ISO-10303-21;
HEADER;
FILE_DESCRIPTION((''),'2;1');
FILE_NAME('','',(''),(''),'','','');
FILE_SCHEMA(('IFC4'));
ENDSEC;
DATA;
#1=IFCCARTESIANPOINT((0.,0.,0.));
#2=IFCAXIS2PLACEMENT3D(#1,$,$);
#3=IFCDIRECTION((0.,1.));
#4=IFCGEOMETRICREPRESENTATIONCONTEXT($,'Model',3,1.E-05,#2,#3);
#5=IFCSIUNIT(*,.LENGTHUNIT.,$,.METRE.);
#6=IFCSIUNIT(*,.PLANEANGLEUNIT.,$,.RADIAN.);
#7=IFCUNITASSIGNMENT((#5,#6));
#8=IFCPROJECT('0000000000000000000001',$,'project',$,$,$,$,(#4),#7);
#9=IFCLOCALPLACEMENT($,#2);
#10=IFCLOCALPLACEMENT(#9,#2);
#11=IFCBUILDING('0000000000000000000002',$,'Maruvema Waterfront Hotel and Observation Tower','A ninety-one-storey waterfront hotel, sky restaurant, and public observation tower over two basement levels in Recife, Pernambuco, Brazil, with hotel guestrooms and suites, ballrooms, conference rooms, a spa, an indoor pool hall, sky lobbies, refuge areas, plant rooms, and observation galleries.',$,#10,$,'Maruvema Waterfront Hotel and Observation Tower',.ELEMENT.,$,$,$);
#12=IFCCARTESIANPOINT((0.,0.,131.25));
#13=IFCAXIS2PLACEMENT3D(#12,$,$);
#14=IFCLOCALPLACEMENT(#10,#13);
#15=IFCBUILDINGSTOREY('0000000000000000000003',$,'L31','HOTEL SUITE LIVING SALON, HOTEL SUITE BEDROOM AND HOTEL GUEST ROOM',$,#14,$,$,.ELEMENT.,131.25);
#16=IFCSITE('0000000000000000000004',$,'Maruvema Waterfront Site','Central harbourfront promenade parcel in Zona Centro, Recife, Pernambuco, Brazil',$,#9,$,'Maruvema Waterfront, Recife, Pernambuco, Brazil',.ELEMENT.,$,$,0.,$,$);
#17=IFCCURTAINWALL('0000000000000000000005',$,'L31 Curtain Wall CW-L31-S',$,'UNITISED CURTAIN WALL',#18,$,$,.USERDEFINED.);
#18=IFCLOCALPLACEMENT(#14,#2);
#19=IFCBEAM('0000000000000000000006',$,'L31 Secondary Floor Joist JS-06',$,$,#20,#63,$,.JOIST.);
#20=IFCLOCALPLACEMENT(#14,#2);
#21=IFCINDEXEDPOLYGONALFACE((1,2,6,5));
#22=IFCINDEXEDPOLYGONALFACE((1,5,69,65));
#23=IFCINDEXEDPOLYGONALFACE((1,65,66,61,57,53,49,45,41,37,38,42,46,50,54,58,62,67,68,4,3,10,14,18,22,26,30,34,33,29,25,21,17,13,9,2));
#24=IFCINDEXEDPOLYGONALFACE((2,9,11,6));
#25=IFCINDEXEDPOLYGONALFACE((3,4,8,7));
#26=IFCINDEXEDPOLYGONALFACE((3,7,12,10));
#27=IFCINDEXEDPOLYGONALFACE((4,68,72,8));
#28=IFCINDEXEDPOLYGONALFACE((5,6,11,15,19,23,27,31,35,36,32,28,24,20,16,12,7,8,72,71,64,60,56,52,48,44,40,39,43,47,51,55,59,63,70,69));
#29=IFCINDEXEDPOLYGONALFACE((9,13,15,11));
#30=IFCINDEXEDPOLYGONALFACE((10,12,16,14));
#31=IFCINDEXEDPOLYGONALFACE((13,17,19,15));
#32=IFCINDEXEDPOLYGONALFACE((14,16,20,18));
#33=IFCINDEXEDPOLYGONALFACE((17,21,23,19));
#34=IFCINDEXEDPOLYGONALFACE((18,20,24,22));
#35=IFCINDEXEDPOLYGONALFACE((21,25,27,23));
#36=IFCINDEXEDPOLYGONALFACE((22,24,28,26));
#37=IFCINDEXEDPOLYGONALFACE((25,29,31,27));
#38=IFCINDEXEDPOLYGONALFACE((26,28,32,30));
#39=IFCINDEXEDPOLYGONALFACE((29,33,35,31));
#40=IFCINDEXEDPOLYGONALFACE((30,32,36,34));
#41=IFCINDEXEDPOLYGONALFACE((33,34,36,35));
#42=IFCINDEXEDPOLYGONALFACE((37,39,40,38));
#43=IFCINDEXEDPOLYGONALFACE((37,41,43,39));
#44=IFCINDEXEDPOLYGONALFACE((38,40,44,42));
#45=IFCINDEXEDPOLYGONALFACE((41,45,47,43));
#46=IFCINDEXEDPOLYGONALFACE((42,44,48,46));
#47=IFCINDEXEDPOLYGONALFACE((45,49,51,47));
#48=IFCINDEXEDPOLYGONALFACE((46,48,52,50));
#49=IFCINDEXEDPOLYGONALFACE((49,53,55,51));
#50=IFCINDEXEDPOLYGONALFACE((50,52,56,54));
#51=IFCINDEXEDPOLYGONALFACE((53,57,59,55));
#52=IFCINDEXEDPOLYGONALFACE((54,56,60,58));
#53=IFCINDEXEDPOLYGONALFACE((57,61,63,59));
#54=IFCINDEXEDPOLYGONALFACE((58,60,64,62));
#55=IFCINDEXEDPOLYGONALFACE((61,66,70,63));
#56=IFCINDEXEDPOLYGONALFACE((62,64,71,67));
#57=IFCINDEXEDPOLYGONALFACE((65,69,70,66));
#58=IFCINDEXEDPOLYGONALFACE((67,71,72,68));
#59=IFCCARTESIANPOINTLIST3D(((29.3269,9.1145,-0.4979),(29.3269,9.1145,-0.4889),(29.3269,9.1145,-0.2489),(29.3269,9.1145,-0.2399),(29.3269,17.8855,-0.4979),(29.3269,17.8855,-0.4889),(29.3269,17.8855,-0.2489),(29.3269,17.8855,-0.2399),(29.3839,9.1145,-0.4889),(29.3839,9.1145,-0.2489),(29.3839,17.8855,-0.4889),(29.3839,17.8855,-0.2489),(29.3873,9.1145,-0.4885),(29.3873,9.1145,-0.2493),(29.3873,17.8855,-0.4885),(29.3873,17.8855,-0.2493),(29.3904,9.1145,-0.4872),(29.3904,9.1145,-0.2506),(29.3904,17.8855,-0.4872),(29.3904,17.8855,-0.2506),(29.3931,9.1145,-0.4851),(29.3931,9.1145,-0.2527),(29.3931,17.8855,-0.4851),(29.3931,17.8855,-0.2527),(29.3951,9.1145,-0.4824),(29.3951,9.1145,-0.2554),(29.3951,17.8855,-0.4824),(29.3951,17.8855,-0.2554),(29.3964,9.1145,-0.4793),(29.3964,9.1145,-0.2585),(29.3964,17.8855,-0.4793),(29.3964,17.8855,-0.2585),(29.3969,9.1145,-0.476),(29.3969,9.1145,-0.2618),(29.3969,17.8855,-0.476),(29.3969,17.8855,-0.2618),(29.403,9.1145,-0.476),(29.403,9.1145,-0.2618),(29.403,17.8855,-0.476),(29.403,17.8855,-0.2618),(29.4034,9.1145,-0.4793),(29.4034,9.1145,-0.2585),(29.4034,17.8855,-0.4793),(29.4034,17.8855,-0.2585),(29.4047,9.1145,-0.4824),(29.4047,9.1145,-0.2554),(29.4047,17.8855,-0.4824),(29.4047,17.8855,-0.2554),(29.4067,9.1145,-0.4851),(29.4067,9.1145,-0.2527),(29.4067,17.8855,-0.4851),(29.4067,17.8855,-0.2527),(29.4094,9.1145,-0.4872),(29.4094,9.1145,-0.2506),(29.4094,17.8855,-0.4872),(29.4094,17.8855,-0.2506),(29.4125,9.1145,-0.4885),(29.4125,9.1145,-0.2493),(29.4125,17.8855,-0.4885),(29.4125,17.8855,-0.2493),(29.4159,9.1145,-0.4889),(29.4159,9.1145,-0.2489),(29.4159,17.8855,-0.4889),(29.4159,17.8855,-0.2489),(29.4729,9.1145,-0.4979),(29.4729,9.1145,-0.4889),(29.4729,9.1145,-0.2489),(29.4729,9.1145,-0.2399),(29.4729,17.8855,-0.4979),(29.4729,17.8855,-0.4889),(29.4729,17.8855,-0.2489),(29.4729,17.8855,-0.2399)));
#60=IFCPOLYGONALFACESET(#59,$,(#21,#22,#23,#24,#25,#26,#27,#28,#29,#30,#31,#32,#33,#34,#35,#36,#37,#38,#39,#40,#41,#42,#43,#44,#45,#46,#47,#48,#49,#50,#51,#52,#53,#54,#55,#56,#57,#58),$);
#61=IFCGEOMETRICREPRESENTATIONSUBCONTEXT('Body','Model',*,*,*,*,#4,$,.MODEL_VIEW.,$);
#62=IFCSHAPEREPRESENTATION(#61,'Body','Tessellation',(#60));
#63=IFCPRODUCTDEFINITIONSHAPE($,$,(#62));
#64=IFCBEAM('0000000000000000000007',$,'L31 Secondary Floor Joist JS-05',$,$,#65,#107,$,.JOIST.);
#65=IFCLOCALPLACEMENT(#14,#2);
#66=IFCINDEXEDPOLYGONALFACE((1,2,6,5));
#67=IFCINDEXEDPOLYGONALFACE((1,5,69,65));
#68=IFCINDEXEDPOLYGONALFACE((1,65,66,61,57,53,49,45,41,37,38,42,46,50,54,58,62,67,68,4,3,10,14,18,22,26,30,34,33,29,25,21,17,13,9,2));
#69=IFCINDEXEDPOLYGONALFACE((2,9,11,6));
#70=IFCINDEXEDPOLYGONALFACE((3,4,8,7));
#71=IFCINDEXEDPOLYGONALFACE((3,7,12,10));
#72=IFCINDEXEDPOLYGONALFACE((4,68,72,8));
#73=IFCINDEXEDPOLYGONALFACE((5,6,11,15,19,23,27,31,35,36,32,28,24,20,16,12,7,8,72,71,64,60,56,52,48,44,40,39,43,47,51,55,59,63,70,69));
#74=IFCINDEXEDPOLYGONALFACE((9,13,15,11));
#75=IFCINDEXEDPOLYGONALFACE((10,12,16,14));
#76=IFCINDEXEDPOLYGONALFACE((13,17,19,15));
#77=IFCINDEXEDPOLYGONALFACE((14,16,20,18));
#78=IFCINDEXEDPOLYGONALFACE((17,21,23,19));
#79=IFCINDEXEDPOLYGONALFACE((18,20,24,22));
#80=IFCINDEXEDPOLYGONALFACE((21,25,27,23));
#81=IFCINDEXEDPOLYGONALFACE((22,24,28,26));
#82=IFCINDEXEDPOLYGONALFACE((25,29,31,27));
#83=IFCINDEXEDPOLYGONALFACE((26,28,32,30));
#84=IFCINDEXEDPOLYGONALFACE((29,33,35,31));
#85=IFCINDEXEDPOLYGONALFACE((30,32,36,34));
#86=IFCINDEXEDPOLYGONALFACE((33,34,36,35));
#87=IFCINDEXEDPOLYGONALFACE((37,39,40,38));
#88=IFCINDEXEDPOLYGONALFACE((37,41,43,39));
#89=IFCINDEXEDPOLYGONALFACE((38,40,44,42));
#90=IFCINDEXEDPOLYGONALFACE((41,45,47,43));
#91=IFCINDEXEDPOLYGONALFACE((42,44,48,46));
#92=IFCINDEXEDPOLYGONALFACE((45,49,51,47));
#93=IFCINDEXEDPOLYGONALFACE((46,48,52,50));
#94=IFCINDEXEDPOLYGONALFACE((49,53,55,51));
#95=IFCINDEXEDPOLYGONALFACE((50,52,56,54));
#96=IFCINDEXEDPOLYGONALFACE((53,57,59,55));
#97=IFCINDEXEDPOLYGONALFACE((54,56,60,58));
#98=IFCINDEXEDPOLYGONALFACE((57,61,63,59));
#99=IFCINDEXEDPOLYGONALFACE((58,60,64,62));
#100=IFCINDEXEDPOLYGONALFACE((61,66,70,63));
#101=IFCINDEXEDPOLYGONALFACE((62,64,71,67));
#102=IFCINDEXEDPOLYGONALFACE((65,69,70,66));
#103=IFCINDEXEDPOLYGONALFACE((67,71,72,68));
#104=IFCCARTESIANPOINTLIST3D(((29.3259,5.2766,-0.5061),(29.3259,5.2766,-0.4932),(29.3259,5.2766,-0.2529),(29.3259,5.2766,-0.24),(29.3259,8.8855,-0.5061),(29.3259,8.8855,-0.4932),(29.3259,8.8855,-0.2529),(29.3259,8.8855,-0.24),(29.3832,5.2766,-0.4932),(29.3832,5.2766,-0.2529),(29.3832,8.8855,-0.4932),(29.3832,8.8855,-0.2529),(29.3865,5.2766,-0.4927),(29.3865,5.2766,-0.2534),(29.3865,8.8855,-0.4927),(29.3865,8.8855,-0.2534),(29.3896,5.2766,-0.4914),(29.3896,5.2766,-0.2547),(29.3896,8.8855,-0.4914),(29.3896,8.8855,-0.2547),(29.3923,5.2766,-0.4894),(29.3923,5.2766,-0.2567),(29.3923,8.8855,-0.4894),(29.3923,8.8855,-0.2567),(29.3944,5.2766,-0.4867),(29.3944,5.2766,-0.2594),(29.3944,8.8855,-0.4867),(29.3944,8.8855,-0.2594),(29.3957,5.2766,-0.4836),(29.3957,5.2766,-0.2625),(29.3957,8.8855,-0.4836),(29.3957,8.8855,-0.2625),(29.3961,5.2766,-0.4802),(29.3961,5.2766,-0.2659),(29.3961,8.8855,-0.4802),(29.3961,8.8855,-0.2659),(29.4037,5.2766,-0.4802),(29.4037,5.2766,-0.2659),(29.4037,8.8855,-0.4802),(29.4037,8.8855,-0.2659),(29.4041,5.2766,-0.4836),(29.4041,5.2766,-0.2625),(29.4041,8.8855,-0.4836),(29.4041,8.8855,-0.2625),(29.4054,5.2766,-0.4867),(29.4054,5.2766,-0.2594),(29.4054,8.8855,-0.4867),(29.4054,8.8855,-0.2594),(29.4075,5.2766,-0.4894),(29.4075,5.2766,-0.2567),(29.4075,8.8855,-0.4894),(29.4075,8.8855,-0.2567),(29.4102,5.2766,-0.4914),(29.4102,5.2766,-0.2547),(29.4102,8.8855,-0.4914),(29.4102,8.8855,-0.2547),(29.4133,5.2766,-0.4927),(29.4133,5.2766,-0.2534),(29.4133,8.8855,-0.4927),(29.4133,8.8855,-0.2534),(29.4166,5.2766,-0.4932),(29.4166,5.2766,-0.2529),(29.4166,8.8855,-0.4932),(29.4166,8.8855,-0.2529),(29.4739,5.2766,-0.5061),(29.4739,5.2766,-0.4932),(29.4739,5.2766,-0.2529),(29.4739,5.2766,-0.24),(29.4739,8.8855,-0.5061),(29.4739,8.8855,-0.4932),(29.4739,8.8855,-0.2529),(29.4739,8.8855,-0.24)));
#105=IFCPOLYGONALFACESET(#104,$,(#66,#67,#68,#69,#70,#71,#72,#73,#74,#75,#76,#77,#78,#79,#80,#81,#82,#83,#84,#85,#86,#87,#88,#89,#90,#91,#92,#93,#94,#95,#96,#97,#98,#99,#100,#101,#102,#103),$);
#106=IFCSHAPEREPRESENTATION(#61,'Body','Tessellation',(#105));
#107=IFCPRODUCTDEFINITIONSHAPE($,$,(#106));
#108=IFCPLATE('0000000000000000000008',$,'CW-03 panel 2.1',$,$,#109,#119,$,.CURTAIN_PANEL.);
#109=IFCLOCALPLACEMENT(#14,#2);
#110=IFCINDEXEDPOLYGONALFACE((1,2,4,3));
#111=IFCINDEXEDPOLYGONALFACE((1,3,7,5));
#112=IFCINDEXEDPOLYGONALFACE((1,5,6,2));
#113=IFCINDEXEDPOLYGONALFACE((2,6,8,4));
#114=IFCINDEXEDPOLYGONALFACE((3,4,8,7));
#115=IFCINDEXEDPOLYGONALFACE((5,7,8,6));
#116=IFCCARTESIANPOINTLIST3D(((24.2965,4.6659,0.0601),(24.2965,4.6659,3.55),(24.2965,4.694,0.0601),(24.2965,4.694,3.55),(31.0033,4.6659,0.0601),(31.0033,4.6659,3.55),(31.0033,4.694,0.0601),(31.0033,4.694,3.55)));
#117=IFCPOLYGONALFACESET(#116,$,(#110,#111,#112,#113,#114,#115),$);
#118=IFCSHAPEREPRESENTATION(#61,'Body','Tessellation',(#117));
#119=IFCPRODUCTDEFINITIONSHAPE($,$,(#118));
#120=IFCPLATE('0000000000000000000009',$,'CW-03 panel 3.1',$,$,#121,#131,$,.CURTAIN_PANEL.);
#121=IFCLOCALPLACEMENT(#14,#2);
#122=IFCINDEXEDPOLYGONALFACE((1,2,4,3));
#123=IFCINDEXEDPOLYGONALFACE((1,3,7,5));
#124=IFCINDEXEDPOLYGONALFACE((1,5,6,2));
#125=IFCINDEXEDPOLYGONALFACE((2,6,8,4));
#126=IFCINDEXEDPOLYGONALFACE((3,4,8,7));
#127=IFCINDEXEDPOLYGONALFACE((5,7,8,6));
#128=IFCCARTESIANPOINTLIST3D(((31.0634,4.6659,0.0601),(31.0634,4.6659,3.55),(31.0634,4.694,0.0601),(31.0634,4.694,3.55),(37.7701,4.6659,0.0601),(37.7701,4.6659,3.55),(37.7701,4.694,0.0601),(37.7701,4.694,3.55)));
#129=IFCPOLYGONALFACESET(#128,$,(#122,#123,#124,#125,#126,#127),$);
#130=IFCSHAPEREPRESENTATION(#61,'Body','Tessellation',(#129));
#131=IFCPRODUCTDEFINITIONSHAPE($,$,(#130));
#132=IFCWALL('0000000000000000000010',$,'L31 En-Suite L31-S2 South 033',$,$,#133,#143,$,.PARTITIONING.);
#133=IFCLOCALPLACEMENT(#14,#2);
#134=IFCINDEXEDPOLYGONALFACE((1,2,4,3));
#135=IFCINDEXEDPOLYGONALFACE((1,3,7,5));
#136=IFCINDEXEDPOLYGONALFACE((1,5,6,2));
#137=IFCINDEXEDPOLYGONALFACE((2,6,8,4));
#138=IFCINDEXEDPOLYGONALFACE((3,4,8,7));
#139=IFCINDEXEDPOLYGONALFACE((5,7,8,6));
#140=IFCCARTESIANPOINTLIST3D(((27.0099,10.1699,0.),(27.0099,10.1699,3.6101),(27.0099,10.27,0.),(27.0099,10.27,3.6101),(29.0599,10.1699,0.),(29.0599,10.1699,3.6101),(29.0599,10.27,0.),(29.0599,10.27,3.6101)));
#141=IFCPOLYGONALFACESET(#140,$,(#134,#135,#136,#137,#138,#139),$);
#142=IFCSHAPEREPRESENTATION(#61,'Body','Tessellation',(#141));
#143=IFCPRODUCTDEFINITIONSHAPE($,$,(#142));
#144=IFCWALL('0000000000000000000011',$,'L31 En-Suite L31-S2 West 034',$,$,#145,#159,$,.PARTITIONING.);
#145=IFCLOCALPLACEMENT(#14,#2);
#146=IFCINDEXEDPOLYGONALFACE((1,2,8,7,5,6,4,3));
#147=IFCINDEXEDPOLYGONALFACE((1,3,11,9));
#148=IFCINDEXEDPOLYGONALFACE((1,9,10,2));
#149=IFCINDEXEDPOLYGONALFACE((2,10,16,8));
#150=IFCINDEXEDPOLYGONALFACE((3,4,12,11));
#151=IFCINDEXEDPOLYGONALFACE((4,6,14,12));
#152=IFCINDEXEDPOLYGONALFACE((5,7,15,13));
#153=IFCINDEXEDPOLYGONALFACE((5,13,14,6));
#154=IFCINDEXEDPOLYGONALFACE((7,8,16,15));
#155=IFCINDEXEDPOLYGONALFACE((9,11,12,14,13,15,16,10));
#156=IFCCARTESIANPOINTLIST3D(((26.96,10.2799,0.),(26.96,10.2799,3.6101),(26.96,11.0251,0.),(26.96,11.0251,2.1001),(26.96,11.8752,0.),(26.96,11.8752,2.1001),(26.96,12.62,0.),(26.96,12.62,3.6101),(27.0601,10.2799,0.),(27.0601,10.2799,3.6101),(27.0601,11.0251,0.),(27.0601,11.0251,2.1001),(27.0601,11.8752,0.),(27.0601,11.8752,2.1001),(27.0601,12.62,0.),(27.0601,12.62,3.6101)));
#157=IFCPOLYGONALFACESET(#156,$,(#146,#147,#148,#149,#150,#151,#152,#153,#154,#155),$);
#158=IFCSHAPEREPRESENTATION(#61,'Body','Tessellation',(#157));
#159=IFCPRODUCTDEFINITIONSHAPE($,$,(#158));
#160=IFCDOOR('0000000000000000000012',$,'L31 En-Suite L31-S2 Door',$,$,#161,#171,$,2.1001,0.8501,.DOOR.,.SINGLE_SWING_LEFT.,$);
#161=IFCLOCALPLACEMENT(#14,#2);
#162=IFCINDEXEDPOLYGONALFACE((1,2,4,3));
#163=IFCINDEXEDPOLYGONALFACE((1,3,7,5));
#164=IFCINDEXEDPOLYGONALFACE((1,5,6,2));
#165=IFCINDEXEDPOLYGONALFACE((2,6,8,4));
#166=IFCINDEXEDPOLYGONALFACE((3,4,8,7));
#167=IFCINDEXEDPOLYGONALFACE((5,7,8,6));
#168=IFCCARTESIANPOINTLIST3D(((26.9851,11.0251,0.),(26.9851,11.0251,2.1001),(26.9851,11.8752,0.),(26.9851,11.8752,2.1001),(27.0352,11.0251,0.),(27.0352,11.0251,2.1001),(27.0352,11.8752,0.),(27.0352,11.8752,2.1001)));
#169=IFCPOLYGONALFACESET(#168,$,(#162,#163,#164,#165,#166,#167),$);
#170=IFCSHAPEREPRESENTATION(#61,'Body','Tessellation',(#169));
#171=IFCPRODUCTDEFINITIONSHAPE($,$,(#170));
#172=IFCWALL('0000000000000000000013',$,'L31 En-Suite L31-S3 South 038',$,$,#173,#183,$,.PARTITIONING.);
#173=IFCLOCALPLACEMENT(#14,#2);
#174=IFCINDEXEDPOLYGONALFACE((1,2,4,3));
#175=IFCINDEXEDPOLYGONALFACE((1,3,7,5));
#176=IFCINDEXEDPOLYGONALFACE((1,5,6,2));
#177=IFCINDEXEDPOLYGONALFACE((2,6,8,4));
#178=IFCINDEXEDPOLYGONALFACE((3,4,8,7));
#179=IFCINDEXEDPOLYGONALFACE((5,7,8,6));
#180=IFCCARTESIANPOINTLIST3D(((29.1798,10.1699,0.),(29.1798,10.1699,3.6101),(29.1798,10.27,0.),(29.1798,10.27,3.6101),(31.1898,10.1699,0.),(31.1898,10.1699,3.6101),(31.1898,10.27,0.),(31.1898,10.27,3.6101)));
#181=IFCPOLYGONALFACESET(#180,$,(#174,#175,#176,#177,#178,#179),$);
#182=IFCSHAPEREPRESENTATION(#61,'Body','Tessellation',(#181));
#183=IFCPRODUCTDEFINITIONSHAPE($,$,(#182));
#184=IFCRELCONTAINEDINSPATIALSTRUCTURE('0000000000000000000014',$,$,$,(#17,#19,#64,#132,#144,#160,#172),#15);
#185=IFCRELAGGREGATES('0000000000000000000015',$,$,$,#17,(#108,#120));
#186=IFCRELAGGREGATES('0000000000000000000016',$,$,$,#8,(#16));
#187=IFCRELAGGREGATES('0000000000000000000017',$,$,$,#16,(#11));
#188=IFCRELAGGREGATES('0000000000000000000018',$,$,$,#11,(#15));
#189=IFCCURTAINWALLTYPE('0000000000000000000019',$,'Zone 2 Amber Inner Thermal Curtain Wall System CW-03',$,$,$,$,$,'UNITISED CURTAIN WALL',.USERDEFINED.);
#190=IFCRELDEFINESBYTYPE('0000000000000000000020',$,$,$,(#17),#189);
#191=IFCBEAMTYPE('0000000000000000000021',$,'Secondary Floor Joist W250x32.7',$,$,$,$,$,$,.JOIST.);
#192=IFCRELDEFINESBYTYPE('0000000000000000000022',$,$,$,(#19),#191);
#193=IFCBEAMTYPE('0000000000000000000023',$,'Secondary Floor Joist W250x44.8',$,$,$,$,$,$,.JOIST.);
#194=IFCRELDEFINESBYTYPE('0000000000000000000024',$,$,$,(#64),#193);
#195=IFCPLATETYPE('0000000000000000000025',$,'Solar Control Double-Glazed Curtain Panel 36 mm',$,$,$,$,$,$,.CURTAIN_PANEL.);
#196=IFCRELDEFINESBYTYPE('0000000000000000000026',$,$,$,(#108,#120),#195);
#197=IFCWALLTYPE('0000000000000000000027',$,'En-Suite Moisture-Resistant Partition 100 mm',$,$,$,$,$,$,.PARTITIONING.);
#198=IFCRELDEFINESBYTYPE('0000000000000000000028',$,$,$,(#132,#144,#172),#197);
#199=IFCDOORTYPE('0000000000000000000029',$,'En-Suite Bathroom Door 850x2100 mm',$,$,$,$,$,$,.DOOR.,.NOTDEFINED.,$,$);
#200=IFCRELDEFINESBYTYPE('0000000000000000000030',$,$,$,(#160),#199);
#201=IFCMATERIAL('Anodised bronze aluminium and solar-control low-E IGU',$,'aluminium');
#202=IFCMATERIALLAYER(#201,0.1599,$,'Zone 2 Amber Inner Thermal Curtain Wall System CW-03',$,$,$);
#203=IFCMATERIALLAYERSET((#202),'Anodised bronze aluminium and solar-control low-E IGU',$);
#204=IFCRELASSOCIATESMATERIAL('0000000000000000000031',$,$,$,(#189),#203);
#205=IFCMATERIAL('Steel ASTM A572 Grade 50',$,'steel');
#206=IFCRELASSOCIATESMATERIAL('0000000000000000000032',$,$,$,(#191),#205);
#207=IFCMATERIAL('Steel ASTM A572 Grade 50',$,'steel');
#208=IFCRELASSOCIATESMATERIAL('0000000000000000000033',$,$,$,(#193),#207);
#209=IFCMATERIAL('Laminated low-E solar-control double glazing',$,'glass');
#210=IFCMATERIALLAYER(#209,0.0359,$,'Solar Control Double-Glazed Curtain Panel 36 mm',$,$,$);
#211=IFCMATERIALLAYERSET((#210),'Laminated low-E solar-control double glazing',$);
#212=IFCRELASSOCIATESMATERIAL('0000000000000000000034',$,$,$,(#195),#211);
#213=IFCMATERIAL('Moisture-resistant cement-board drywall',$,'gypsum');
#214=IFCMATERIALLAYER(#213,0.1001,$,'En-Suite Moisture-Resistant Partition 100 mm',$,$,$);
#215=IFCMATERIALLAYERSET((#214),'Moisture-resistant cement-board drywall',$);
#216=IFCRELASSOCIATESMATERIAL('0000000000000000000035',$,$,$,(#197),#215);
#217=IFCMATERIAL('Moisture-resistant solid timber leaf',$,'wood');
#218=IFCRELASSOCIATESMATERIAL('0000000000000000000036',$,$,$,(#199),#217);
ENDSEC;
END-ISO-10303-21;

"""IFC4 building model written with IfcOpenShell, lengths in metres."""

from ifc_helpers import new_model, si_unit, direction, frame, frame_2d, origin, origin_2d, place, context, subcontext, project, spatial, rectangle, i_section, extrude, material, layer, layer_set, material_profile, profile_set, type_object, element, fill, aggregate, save


model = new_model("IFC4")

# Units and contexts
model_context = context("Model", 3, precision=1e-05, world=origin(), true_north=direction((0.0, 1.0)))
body_context = subcontext(model_context, "Body", "Model", "MODEL_VIEW")
ifc_project = project(units=[si_unit("LENGTHUNIT", "METRE"), si_unit("PLANEANGLEUNIT", "RADIAN")], contexts=[model_context])

# Site, building, storey
site_placement = place(None, origin())
site = spatial("IfcSite", under=ifc_project, at=site_placement, Name="Maruvema Waterfront Site", Description="Central harbourfront promenade parcel in Zona Centro, Recife, Pernambuco, Brazil", LongName="Maruvema Waterfront, Recife, Pernambuco, Brazil", CompositionType="ELEMENT", RefElevation=0.0)
building_placement = place(site_placement, origin())
building = spatial("IfcBuilding", under=site, at=building_placement, Name="Maruvema Waterfront Hotel and Observation Tower", Description="A ninety-one-storey waterfront hotel, sky restaurant, and public observation tower over two basement levels in Recife, Pernambuco, Brazil, with hotel guestrooms and suites, ballrooms, conference rooms, a spa, an indoor pool hall, sky lobbies, refuge areas, plant rooms, and observation galleries.", LongName="Maruvema Waterfront Hotel and Observation Tower", CompositionType="ELEMENT")
storey_placement = place(building_placement, frame((0.0, 0.0, 131.25)))
storey = spatial("IfcBuildingStorey", under=building, at=storey_placement, Name="L31", Description="HOTEL SUITE LIVING SALON, HOTEL SUITE BEDROOM AND HOTEL GUEST ROOM", CompositionType="ELEMENT", Elevation=131.25)

# Curtain wall
ifc_material_1 = material(Name="Anodised bronze aluminium and solar-control low-E IGU", Category="aluminium")
ifc_layer_1 = layer(ifc_material_1, 0.1599, Name="Zone 2 Amber Inner Thermal Curtain Wall System CW-03")
ifc_layer_set_1 = layer_set([ifc_layer_1], Name="Anodised bronze aluminium and solar-control low-E IGU")
curtain_wall_type = type_object("IfcCurtainWallType", Name="Zone 2 Amber Inner Thermal Curtain Wall System CW-03", ElementType="UNITISED CURTAIN WALL", PredefinedType="USERDEFINED", material=ifc_layer_set_1)
curtain_wall_placement = place(storey_placement, origin())
curtain_wall = element("IfcCurtainWall", 1, at=curtain_wall_placement, inside=storey, type_object=curtain_wall_type, Name="L31 Curtain Wall CW-L31-S", ObjectType="UNITISED CURTAIN WALL", PredefinedType="USERDEFINED")

# Beams
ifc_material_2 = material(Name="Steel ASTM A572 Grade 50", Category="steel")
ifc_material_profile_1 = material_profile(ifc_material_2, i_section(OverallWidth=0.146, OverallDepth=0.2581, WebThickness=0.0061, FlangeThickness=0.009, FilletRadius=0.0129, at=origin_2d()), Name="W250x32.7")
ifc_profile_set_1 = profile_set([ifc_material_profile_1], Name="Steel ASTM A572 Grade 50")
beam_type_1 = type_object("IfcBeamType", Name="Secondary Floor Joist W250x32.7", PredefinedType="JOIST", material=ifc_profile_set_1)
beam_1_placement = place(storey_placement, frame((29.3999, 9.1145, -0.3689), z_axis=(0.0, 1.0, 0.0), x_axis=(-1.0, 0.0, 0.0)))
element("IfcBeam", 2, at=beam_1_placement, inside=storey, type_object=beam_type_1, Name="L31 Secondary Floor Joist JS-06", PredefinedType="JOIST", context=body_context, shape_type="SweptSolid", body=[
    extrude(i_section(OverallWidth=0.146, OverallDepth=0.2581, WebThickness=0.0061, FlangeThickness=0.009, FilletRadius=0.0129, at=origin_2d()), origin(), (0.0, 0.0, 1.0), 8.771),
])
ifc_material_3 = material(Name="Steel ASTM A572 Grade 50", Category="steel")
ifc_material_profile_2 = material_profile(ifc_material_3, i_section(OverallWidth=0.1479, OverallDepth=0.2661, WebThickness=0.0076, FlangeThickness=0.0129, FilletRadius=0.0129, at=origin_2d()), Name="W250x44.8")
ifc_profile_set_2 = profile_set([ifc_material_profile_2], Name="Steel ASTM A572 Grade 50")
beam_type_2 = type_object("IfcBeamType", Name="Secondary Floor Joist W250x44.8", PredefinedType="JOIST", material=ifc_profile_set_2)
beam_2_placement = place(storey_placement, frame((29.3999, 5.2766, -0.373), z_axis=(0.0, 1.0, 0.0), x_axis=(-1.0, 0.0, 0.0)))
element("IfcBeam", 3, at=beam_2_placement, inside=storey, type_object=beam_type_2, Name="L31 Secondary Floor Joist JS-05", PredefinedType="JOIST", context=body_context, shape_type="SweptSolid", body=[
    extrude(i_section(OverallWidth=0.1479, OverallDepth=0.2661, WebThickness=0.0076, FlangeThickness=0.0129, FilletRadius=0.0129, at=origin_2d()), origin(), (0.0, 0.0, 1.0), 3.6089),
])

# Plates
ifc_material_4 = material(Name="Laminated low-E solar-control double glazing", Category="glass")
ifc_layer_2 = layer(ifc_material_4, 0.0359, Name="Solar Control Double-Glazed Curtain Panel 36 mm")
ifc_layer_set_2 = layer_set([ifc_layer_2], Name="Laminated low-E solar-control double glazing")
plate_type = type_object("IfcPlateType", Name="Solar Control Double-Glazed Curtain Panel 36 mm", PredefinedType="CURTAIN_PANEL", material=ifc_layer_set_2)
plate_1_placement = place(storey_placement, frame((27.6499, 4.6799, 0.0601), z_axis=(0.0, 0.0, 1.0), x_axis=(1.0, 0.0, 0.0)))
plate_1 = element("IfcPlate", 4, at=plate_1_placement, type_object=plate_type, Name="CW-03 panel 2.1", PredefinedType="CURTAIN_PANEL", context=body_context, shape_type="SweptSolid", body=[
    extrude(rectangle(XDim=6.7068, YDim=0.0281, at=origin_2d()), origin(), (0.0, 0.0, 1.0), 3.49),
])
plate_2_placement = place(storey_placement, frame((34.4167, 4.6799, 0.0601), z_axis=(0.0, 0.0, 1.0), x_axis=(1.0, 0.0, 0.0)))
plate_2 = element("IfcPlate", 5, at=plate_2_placement, type_object=plate_type, Name="CW-03 panel 3.1", PredefinedType="CURTAIN_PANEL", context=body_context, shape_type="SweptSolid", body=[
    extrude(rectangle(XDim=6.7068, YDim=0.0281, at=origin_2d()), origin(), (0.0, 0.0, 1.0), 3.49),
])
aggregate(curtain_wall, [plate_1, plate_2])

# Wall
ifc_material_5 = material(Name="Moisture-resistant cement-board drywall", Category="gypsum")
ifc_layer_3 = layer(ifc_material_5, 0.1001, Name="En-Suite Moisture-Resistant Partition 100 mm")
ifc_layer_set_3 = layer_set([ifc_layer_3], Name="Moisture-resistant cement-board drywall")
wall_type_1 = type_object("IfcWallType", Name="En-Suite Moisture-Resistant Partition 100 mm", PredefinedType="PARTITIONING", material=ifc_layer_set_3)
wall_1_placement = place(storey_placement, frame((27.01, 10.22, 0.0), z_axis=(0.0, 0.0, 1.0), x_axis=(1.0, 0.0, 0.0)))
element("IfcWall", 6, at=wall_1_placement, inside=storey, type_object=wall_type_1, Name="L31 En-Suite L31-S2 South 033", PredefinedType="PARTITIONING", context=body_context, shape_type="SweptSolid", body=[
    extrude(rectangle(XDim=2.05, YDim=0.1001, at=frame_2d((1.0249, 0.0))), origin(), (0.0, 0.0, 1.0), 3.6101),
])

# Wall, opening, door
wall_2_placement = place(storey_placement, frame((27.01, 10.28, 0.0), z_axis=(0.0, 0.0, 1.0), x_axis=(0.0, 1.0, 0.0)))
wall_2 = element("IfcWall", 7, at=wall_2_placement, inside=storey, type_object=wall_type_1, Name="L31 En-Suite L31-S2 West 034", PredefinedType="PARTITIONING", context=body_context, shape_type="SweptSolid", body=[
    extrude(rectangle(XDim=2.3401, YDim=0.1001, at=frame_2d((1.1699, 0.0))), origin(), (0.0, 0.0, 1.0), 3.6101),
])
opening_placement = place(wall_2_placement, frame((0.7451, 0.0, 0.0)))
opening = element("IfcOpeningElement", 8, at=opening_placement, cuts=wall_2, PredefinedType="OPENING", context=body_context, shape_type="SweptSolid", body=[
    extrude(rectangle(XDim=0.8501, YDim=2.1001, at=frame_2d((0.425, 1.05))), frame((0.0, 0.0601, 0.0), z_axis=(0.0, -1.0, 0.0), x_axis=(1.0, 0.0, 0.0)), (0.0, 0.0, 1.0), 0.1201),
])
ifc_material_6 = material(Name="Moisture-resistant solid timber leaf", Category="wood")
door_type = type_object("IfcDoorType", Name="En-Suite Bathroom Door 850x2100 mm", OperationType="NOTDEFINED", PredefinedType="DOOR", material=ifc_material_6)
door_placement = place(opening_placement, origin())
door = element("IfcDoor", 9, at=door_placement, inside=storey, type_object=door_type, Name="L31 En-Suite L31-S2 Door", OperationType="SINGLE_SWING_LEFT", OverallHeight=2.1001, OverallWidth=0.8501, PredefinedType="DOOR", context=body_context, shape_type="SweptSolid", body=[
    extrude(rectangle(XDim=0.8501, YDim=2.1001, at=frame_2d((0.425, 1.05))), frame((0.0, 0.0249, 0.0), z_axis=(0.0, -1.0, 0.0), x_axis=(1.0, 0.0, 0.0)), (0.0, 0.0, 1.0), 0.05),
])
fill(opening, door)

# Wall
wall_3_placement = place(storey_placement, frame((29.1799, 10.22, 0.0), z_axis=(0.0, 0.0, 1.0), x_axis=(1.0, 0.0, 0.0)))
element("IfcWall", 10, at=wall_3_placement, inside=storey, type_object=wall_type_1, Name="L31 En-Suite L31-S3 South 038", PredefinedType="PARTITIONING", context=body_context, shape_type="SweptSolid", body=[
    extrude(rectangle(XDim=2.01, YDim=0.1001, at=frame_2d((1.0049, 0.0))), origin(), (0.0, 0.0, 1.0), 3.6101),
])

save(model, "model.ifc")
